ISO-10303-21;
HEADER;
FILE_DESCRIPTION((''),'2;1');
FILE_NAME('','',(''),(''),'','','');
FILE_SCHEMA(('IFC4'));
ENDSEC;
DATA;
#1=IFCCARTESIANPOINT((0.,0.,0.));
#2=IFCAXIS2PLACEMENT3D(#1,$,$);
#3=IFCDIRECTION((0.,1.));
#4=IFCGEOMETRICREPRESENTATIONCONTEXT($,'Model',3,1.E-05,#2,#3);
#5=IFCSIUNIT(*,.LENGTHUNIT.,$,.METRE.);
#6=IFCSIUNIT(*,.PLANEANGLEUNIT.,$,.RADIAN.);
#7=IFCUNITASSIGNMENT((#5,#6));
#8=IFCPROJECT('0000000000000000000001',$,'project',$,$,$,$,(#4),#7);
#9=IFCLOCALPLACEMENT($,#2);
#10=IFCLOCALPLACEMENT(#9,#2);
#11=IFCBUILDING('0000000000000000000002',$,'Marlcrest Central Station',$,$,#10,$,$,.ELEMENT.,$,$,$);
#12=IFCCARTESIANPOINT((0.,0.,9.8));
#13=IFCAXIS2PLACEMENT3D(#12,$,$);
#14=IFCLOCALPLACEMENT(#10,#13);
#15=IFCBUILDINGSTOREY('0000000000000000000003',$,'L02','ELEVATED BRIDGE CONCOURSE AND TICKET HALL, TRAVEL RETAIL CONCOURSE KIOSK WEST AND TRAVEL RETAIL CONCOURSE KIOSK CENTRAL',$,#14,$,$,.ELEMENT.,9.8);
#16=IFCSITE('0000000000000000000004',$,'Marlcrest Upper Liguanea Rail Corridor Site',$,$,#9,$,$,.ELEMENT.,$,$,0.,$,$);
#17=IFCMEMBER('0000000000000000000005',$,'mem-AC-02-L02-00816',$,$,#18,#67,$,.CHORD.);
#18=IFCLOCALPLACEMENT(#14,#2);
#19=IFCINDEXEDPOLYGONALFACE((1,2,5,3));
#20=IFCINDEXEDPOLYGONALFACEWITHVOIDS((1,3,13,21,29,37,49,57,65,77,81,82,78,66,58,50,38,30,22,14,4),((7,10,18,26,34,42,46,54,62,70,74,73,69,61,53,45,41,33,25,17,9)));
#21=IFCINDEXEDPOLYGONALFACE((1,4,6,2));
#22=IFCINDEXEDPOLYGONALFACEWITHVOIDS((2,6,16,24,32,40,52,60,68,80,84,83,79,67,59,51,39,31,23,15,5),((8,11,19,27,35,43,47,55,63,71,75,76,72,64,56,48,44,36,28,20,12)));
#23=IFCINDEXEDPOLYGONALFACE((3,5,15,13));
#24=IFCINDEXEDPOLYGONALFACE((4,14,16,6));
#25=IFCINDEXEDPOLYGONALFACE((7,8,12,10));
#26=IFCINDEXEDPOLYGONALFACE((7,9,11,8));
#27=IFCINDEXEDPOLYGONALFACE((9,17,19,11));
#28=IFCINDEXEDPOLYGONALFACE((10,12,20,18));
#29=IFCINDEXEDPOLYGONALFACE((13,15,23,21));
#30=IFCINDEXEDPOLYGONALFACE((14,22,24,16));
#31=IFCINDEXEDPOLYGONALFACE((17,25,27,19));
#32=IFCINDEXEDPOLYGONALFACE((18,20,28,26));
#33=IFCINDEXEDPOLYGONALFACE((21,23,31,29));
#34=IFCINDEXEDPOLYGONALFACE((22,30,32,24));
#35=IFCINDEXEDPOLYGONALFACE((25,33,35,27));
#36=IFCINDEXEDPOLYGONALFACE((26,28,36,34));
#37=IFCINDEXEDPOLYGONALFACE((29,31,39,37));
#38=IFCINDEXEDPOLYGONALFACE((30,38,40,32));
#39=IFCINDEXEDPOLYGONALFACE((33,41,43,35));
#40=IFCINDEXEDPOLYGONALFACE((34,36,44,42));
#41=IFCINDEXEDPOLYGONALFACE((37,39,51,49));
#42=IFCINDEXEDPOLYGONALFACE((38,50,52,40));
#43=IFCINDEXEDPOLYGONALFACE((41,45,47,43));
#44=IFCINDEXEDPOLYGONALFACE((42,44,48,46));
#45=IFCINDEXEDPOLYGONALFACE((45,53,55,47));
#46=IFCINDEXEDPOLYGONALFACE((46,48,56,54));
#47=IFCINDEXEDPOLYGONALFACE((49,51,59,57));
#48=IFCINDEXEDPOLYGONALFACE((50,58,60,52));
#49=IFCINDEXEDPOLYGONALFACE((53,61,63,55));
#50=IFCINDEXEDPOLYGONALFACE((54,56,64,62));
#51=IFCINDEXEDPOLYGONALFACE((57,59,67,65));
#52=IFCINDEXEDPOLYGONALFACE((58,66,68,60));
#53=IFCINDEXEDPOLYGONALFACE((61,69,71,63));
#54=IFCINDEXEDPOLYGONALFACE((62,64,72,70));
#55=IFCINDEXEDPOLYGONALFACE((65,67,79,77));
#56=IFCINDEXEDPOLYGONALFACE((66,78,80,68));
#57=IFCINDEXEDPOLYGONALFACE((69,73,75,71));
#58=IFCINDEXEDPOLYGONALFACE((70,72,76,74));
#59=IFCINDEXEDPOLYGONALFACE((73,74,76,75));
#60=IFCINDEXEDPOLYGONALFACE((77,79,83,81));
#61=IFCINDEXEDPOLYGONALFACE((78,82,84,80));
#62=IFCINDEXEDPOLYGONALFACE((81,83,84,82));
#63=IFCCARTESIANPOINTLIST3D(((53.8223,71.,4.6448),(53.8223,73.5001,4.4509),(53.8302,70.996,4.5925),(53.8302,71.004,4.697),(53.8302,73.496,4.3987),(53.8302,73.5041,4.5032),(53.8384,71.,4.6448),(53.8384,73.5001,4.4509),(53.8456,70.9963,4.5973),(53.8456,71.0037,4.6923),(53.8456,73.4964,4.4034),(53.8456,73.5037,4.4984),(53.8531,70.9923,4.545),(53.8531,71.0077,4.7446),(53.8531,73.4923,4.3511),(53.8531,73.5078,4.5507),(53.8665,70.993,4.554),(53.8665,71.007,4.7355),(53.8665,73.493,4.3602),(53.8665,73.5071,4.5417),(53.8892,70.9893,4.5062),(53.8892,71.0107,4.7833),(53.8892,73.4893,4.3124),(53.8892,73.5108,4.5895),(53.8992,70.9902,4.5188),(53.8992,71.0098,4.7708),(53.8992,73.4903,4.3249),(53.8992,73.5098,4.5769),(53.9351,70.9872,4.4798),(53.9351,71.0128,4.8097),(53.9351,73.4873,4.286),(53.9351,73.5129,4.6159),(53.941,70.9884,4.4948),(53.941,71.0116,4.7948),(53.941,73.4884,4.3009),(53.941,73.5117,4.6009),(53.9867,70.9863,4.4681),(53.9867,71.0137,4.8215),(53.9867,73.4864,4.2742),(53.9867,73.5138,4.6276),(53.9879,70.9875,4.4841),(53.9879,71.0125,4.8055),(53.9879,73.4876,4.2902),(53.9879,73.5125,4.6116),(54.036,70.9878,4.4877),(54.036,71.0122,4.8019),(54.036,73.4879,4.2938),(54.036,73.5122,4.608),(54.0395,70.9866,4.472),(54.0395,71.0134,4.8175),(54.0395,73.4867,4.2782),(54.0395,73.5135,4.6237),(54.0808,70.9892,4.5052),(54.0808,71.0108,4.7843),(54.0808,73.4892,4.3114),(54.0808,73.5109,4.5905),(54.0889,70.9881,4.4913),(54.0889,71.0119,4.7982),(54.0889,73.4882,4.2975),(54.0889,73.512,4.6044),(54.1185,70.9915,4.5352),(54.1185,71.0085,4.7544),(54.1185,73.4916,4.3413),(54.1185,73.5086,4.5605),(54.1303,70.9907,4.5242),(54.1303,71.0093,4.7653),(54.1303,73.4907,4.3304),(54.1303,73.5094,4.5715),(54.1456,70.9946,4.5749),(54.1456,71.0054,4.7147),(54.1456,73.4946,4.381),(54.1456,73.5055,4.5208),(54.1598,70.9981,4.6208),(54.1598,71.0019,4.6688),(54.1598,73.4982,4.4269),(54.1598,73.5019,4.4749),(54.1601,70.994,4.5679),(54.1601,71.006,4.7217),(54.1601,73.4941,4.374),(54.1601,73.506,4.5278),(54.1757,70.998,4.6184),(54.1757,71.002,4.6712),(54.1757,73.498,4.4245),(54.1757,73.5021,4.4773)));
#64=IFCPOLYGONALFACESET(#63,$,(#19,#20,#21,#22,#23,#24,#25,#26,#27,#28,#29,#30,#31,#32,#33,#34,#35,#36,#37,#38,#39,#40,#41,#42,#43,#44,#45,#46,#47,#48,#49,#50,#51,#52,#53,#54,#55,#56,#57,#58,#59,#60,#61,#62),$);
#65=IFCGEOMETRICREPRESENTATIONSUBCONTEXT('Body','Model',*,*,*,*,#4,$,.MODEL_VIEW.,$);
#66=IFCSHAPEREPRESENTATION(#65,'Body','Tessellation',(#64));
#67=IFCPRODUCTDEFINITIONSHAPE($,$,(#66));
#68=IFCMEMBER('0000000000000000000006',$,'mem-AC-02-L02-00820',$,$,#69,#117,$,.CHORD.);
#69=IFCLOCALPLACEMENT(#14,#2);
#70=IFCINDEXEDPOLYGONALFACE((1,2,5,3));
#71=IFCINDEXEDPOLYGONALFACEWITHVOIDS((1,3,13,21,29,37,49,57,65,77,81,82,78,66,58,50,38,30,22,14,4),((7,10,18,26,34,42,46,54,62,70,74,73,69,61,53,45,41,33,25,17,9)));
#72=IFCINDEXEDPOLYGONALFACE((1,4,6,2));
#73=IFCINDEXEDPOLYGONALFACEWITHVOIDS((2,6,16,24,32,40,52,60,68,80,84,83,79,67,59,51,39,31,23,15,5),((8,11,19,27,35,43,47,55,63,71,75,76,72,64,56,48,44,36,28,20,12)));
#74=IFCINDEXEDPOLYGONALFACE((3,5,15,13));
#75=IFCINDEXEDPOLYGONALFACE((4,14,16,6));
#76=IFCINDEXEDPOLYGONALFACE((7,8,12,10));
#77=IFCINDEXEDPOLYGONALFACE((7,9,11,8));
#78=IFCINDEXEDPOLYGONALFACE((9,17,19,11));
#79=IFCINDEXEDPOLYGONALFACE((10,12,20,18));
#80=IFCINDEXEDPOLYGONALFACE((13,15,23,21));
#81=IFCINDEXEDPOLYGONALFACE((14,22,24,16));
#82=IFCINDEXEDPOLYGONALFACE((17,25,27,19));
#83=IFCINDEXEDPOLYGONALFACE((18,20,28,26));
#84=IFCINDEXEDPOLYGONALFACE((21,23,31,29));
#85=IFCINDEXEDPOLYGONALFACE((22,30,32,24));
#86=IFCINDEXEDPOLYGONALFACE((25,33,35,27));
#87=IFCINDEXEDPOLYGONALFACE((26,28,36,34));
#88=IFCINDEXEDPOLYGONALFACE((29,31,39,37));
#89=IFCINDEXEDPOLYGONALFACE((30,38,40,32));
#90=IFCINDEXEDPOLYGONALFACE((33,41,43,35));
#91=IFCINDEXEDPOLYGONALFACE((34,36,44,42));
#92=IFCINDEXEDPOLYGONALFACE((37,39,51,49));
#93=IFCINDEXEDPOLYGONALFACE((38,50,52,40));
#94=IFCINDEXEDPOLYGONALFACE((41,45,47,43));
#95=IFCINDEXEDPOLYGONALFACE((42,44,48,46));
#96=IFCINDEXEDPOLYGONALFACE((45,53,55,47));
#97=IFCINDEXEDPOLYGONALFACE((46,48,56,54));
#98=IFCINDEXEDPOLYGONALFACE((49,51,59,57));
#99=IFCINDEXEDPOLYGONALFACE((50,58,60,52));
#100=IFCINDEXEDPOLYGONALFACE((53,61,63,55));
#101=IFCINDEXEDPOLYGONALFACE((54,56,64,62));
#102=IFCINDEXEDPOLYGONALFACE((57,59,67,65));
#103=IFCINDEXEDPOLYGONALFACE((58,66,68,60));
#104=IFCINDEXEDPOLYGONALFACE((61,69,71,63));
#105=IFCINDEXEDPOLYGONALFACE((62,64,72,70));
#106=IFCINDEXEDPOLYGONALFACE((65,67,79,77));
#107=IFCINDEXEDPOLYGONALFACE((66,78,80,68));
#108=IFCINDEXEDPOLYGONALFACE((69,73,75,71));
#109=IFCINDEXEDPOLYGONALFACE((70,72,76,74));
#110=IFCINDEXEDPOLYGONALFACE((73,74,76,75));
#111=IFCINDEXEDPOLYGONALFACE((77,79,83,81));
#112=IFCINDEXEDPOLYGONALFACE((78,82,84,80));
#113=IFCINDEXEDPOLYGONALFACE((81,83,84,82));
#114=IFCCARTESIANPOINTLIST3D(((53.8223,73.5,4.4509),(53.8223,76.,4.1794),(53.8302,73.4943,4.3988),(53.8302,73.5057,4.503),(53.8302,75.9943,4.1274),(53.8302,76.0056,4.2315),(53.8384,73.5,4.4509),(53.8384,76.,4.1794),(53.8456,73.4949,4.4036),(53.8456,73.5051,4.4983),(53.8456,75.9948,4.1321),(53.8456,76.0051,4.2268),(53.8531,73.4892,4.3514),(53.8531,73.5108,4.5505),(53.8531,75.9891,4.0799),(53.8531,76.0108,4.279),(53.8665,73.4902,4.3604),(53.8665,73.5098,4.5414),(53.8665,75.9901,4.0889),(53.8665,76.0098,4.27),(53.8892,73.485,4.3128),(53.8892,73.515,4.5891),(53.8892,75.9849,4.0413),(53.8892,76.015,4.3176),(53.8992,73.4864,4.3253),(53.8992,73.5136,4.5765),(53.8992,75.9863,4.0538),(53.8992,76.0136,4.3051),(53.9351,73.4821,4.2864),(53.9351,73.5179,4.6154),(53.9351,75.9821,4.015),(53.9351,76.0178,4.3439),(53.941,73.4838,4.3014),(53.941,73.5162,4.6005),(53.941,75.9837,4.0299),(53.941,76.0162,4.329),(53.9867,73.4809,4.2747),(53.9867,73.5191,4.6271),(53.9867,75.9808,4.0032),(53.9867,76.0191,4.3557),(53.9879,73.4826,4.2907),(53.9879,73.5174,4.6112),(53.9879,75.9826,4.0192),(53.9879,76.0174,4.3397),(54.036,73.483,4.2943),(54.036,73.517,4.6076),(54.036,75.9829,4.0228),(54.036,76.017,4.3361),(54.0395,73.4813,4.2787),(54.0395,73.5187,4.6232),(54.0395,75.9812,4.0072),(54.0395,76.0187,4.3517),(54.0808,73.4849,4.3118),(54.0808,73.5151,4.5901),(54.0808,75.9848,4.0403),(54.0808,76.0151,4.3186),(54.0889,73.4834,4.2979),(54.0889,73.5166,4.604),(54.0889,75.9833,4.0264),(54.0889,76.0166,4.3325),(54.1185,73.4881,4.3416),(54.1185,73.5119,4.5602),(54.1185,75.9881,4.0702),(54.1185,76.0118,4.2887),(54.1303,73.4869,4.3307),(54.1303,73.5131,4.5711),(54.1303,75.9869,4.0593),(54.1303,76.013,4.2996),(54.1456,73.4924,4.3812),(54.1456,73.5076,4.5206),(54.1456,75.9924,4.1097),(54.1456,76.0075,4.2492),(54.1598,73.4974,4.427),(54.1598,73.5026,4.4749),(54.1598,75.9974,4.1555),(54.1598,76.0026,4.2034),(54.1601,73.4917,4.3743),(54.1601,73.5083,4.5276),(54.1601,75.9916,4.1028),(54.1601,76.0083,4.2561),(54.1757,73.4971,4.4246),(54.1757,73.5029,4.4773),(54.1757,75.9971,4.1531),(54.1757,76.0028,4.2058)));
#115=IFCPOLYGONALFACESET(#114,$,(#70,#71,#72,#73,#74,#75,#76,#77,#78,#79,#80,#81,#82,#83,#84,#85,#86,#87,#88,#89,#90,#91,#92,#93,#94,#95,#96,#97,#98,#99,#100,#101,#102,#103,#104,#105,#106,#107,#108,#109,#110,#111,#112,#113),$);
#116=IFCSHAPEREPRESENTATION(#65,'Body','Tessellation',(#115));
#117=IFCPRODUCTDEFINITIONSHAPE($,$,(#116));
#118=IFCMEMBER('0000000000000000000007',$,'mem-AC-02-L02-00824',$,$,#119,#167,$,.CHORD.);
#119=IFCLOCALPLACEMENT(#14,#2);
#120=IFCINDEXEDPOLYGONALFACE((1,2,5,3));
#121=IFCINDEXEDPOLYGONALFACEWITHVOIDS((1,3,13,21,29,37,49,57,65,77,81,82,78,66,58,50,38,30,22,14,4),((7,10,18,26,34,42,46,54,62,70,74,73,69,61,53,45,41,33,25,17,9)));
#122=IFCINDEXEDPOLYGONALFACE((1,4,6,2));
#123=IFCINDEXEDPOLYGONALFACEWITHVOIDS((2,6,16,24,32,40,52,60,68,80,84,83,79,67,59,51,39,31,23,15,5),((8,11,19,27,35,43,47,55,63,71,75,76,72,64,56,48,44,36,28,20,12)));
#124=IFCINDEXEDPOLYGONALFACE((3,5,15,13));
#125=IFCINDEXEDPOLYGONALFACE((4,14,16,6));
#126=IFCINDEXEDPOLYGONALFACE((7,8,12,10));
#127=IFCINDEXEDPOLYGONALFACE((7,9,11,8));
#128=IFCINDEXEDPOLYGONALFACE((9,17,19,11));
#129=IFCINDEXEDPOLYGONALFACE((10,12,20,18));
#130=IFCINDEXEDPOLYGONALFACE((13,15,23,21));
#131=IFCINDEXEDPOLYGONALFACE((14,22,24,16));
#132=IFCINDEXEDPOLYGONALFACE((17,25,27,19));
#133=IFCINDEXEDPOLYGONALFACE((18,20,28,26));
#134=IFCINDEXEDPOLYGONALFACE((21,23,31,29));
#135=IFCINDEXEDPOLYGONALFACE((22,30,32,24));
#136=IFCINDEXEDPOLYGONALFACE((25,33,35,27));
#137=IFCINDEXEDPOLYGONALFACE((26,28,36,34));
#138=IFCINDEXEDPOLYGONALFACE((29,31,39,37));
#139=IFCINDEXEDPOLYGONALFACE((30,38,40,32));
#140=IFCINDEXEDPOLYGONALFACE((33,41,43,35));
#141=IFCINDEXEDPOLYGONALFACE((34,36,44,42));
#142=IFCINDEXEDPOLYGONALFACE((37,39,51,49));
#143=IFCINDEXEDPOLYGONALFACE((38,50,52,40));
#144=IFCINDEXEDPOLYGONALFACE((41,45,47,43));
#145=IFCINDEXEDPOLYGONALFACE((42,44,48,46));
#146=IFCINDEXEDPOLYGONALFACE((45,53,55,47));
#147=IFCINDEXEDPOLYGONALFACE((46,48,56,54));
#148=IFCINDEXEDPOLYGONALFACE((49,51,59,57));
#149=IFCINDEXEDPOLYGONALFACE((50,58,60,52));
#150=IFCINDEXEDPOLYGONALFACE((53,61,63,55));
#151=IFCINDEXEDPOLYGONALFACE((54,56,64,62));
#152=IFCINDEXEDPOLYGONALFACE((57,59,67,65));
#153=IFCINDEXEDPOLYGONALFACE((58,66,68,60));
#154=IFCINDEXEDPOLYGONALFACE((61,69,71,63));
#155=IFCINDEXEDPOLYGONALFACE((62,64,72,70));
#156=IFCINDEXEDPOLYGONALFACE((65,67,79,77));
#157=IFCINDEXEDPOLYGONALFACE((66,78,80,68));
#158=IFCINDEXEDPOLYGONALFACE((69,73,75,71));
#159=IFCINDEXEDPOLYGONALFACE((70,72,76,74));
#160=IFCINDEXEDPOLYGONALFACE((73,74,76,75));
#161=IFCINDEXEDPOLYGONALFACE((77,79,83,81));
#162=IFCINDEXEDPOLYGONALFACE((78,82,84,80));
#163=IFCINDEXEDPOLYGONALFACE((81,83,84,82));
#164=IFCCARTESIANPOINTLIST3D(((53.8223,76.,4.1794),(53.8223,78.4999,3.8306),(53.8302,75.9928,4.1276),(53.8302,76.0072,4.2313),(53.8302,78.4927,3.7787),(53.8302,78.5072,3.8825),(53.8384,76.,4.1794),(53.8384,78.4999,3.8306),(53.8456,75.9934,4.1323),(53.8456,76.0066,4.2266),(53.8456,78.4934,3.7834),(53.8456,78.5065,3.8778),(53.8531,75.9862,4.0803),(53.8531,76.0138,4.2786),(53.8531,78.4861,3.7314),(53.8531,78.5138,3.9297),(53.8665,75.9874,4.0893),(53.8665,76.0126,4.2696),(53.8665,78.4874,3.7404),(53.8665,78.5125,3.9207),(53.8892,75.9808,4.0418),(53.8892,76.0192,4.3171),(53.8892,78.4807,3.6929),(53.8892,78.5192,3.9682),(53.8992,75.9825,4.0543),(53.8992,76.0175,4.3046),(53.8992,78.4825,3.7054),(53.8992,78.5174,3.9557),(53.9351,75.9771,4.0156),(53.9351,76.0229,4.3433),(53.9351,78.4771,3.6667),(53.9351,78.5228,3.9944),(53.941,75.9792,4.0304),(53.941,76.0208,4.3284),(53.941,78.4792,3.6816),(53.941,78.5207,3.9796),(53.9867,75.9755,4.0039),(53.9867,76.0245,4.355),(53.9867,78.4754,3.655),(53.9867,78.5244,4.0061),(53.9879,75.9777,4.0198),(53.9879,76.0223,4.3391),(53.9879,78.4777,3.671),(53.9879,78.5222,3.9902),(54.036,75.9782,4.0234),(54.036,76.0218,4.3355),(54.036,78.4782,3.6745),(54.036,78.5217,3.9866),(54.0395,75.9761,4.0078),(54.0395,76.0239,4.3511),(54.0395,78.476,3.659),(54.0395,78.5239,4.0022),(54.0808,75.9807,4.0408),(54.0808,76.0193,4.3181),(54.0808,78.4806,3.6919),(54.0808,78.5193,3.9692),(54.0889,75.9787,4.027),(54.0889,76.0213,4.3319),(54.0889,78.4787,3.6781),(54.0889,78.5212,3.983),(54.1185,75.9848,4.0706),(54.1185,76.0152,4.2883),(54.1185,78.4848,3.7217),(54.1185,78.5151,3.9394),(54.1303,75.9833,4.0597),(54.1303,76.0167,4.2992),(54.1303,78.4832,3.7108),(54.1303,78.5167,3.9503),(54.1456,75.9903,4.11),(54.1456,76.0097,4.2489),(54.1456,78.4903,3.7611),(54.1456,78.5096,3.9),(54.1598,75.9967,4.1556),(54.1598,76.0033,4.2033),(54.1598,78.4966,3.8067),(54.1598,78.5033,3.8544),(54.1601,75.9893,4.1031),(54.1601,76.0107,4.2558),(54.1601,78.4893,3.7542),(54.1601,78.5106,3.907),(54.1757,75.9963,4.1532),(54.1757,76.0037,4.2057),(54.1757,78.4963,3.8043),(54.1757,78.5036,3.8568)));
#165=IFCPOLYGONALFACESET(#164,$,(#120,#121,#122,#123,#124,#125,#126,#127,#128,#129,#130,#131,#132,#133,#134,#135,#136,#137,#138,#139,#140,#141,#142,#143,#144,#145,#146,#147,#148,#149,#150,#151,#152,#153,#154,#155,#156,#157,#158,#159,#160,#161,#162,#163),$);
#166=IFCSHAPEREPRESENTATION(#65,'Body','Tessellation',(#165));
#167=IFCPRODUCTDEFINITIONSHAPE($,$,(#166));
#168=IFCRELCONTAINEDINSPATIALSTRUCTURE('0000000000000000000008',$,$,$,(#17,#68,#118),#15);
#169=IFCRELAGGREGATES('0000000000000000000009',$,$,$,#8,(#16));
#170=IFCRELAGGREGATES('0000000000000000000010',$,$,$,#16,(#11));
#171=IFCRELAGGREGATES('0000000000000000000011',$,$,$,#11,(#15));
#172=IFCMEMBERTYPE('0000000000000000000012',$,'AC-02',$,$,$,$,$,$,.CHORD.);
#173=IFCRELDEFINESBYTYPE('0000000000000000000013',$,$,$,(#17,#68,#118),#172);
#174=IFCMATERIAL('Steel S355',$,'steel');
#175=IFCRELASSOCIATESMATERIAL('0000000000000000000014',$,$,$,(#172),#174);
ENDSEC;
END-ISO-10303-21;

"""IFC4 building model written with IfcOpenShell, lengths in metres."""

from ifc_helpers import new_model, si_unit, direction, frame, origin, origin_2d, place, context, subcontext, project, spatial, hollow_circle, extrude, material, material_profile, profile_set, type_object, element, save


model = new_model("IFC4")

# Units and contexts
model_context = context("Model", 3, precision=1e-05, world=origin(), true_north=direction((0.0, 1.0)))
body_context = subcontext(model_context, "Body", "Model", "MODEL_VIEW")
ifc_project = project(units=[si_unit("LENGTHUNIT", "METRE"), si_unit("PLANEANGLEUNIT", "RADIAN")], contexts=[model_context])

# Site, building, storey
site_placement = place(None, origin())
site = spatial("IfcSite", under=ifc_project, at=site_placement, Name="Marlcrest Upper Liguanea Rail Corridor Site", CompositionType="ELEMENT", RefElevation=0.0)
building_placement = place(site_placement, origin())
building = spatial("IfcBuilding", under=site, at=building_placement, Name="Marlcrest Central Station", CompositionType="ELEMENT")
storey_placement = place(building_placement, frame((0.0, 0.0, 9.8)))
storey = spatial("IfcBuildingStorey", under=building, at=storey_placement, Name="L02", Description="ELEVATED BRIDGE CONCOURSE AND TICKET HALL, TRAVEL RETAIL CONCOURSE KIOSK WEST AND TRAVEL RETAIL CONCOURSE KIOSK CENTRAL", CompositionType="ELEMENT", Elevation=9.8)

# Members
ifc_material = material(Name="Steel S355", Category="steel")
ifc_material_profile_1 = material_profile(ifc_material, hollow_circle(Radius=0.1777, WallThickness=0.0161, at=origin_2d()), Name="CHS 355.6x16")
ifc_profile_set_1 = profile_set([ifc_material_profile_1], Name="Steel S355")
member_type_1 = type_object("IfcMemberType", Name="AC-02", PredefinedType="CHORD", material=ifc_profile_set_1)
member_1_placement = place(storey_placement, frame((54.0, 71.0, 4.6448), z_axis=(0.0, 0.997007, -0.077307), x_axis=(-1.0, 0.0, 0.0)))
element("IfcMember", 1, at=member_1_placement, inside=storey, type_object=member_type_1, Name="mem-AC-02-L02-00816", PredefinedType="CHORD", context=body_context, shape_type="SweptSolid", body=[
    extrude(hollow_circle(Radius=0.1777, WallThickness=0.0161, at=origin_2d()), origin(), (0.0, 0.0, 1.0), 2.5076),
])
member_2_placement = place(storey_placement, frame((54.0, 73.5, 4.4509), z_axis=(0.0, 0.994155, -0.107959), x_axis=(-1.0, 0.0, 0.0)))
element("IfcMember", 2, at=member_2_placement, inside=storey, type_object=member_type_1, Name="mem-AC-02-L02-00820", PredefinedType="CHORD", context=body_context, shape_type="SweptSolid", body=[
    extrude(hollow_circle(Radius=0.1777, WallThickness=0.0161, at=origin_2d()), origin(), (0.0, 0.0, 1.0), 2.5146),
])
member_3_placement = place(storey_placement, frame((54.0, 76.0, 4.1794), z_axis=(0.0, 0.990403, -0.138211), x_axis=(-1.0, 0.0, 0.0)))
element("IfcMember", 3, at=member_3_placement, inside=storey, type_object=member_type_1, Name="mem-AC-02-L02-00824", PredefinedType="CHORD", context=body_context, shape_type="SweptSolid", body=[
    extrude(hollow_circle(Radius=0.1777, WallThickness=0.0161, at=origin_2d()), origin(), (0.0, 0.0, 1.0), 2.5242),
])

save(model, "model.ifc")
